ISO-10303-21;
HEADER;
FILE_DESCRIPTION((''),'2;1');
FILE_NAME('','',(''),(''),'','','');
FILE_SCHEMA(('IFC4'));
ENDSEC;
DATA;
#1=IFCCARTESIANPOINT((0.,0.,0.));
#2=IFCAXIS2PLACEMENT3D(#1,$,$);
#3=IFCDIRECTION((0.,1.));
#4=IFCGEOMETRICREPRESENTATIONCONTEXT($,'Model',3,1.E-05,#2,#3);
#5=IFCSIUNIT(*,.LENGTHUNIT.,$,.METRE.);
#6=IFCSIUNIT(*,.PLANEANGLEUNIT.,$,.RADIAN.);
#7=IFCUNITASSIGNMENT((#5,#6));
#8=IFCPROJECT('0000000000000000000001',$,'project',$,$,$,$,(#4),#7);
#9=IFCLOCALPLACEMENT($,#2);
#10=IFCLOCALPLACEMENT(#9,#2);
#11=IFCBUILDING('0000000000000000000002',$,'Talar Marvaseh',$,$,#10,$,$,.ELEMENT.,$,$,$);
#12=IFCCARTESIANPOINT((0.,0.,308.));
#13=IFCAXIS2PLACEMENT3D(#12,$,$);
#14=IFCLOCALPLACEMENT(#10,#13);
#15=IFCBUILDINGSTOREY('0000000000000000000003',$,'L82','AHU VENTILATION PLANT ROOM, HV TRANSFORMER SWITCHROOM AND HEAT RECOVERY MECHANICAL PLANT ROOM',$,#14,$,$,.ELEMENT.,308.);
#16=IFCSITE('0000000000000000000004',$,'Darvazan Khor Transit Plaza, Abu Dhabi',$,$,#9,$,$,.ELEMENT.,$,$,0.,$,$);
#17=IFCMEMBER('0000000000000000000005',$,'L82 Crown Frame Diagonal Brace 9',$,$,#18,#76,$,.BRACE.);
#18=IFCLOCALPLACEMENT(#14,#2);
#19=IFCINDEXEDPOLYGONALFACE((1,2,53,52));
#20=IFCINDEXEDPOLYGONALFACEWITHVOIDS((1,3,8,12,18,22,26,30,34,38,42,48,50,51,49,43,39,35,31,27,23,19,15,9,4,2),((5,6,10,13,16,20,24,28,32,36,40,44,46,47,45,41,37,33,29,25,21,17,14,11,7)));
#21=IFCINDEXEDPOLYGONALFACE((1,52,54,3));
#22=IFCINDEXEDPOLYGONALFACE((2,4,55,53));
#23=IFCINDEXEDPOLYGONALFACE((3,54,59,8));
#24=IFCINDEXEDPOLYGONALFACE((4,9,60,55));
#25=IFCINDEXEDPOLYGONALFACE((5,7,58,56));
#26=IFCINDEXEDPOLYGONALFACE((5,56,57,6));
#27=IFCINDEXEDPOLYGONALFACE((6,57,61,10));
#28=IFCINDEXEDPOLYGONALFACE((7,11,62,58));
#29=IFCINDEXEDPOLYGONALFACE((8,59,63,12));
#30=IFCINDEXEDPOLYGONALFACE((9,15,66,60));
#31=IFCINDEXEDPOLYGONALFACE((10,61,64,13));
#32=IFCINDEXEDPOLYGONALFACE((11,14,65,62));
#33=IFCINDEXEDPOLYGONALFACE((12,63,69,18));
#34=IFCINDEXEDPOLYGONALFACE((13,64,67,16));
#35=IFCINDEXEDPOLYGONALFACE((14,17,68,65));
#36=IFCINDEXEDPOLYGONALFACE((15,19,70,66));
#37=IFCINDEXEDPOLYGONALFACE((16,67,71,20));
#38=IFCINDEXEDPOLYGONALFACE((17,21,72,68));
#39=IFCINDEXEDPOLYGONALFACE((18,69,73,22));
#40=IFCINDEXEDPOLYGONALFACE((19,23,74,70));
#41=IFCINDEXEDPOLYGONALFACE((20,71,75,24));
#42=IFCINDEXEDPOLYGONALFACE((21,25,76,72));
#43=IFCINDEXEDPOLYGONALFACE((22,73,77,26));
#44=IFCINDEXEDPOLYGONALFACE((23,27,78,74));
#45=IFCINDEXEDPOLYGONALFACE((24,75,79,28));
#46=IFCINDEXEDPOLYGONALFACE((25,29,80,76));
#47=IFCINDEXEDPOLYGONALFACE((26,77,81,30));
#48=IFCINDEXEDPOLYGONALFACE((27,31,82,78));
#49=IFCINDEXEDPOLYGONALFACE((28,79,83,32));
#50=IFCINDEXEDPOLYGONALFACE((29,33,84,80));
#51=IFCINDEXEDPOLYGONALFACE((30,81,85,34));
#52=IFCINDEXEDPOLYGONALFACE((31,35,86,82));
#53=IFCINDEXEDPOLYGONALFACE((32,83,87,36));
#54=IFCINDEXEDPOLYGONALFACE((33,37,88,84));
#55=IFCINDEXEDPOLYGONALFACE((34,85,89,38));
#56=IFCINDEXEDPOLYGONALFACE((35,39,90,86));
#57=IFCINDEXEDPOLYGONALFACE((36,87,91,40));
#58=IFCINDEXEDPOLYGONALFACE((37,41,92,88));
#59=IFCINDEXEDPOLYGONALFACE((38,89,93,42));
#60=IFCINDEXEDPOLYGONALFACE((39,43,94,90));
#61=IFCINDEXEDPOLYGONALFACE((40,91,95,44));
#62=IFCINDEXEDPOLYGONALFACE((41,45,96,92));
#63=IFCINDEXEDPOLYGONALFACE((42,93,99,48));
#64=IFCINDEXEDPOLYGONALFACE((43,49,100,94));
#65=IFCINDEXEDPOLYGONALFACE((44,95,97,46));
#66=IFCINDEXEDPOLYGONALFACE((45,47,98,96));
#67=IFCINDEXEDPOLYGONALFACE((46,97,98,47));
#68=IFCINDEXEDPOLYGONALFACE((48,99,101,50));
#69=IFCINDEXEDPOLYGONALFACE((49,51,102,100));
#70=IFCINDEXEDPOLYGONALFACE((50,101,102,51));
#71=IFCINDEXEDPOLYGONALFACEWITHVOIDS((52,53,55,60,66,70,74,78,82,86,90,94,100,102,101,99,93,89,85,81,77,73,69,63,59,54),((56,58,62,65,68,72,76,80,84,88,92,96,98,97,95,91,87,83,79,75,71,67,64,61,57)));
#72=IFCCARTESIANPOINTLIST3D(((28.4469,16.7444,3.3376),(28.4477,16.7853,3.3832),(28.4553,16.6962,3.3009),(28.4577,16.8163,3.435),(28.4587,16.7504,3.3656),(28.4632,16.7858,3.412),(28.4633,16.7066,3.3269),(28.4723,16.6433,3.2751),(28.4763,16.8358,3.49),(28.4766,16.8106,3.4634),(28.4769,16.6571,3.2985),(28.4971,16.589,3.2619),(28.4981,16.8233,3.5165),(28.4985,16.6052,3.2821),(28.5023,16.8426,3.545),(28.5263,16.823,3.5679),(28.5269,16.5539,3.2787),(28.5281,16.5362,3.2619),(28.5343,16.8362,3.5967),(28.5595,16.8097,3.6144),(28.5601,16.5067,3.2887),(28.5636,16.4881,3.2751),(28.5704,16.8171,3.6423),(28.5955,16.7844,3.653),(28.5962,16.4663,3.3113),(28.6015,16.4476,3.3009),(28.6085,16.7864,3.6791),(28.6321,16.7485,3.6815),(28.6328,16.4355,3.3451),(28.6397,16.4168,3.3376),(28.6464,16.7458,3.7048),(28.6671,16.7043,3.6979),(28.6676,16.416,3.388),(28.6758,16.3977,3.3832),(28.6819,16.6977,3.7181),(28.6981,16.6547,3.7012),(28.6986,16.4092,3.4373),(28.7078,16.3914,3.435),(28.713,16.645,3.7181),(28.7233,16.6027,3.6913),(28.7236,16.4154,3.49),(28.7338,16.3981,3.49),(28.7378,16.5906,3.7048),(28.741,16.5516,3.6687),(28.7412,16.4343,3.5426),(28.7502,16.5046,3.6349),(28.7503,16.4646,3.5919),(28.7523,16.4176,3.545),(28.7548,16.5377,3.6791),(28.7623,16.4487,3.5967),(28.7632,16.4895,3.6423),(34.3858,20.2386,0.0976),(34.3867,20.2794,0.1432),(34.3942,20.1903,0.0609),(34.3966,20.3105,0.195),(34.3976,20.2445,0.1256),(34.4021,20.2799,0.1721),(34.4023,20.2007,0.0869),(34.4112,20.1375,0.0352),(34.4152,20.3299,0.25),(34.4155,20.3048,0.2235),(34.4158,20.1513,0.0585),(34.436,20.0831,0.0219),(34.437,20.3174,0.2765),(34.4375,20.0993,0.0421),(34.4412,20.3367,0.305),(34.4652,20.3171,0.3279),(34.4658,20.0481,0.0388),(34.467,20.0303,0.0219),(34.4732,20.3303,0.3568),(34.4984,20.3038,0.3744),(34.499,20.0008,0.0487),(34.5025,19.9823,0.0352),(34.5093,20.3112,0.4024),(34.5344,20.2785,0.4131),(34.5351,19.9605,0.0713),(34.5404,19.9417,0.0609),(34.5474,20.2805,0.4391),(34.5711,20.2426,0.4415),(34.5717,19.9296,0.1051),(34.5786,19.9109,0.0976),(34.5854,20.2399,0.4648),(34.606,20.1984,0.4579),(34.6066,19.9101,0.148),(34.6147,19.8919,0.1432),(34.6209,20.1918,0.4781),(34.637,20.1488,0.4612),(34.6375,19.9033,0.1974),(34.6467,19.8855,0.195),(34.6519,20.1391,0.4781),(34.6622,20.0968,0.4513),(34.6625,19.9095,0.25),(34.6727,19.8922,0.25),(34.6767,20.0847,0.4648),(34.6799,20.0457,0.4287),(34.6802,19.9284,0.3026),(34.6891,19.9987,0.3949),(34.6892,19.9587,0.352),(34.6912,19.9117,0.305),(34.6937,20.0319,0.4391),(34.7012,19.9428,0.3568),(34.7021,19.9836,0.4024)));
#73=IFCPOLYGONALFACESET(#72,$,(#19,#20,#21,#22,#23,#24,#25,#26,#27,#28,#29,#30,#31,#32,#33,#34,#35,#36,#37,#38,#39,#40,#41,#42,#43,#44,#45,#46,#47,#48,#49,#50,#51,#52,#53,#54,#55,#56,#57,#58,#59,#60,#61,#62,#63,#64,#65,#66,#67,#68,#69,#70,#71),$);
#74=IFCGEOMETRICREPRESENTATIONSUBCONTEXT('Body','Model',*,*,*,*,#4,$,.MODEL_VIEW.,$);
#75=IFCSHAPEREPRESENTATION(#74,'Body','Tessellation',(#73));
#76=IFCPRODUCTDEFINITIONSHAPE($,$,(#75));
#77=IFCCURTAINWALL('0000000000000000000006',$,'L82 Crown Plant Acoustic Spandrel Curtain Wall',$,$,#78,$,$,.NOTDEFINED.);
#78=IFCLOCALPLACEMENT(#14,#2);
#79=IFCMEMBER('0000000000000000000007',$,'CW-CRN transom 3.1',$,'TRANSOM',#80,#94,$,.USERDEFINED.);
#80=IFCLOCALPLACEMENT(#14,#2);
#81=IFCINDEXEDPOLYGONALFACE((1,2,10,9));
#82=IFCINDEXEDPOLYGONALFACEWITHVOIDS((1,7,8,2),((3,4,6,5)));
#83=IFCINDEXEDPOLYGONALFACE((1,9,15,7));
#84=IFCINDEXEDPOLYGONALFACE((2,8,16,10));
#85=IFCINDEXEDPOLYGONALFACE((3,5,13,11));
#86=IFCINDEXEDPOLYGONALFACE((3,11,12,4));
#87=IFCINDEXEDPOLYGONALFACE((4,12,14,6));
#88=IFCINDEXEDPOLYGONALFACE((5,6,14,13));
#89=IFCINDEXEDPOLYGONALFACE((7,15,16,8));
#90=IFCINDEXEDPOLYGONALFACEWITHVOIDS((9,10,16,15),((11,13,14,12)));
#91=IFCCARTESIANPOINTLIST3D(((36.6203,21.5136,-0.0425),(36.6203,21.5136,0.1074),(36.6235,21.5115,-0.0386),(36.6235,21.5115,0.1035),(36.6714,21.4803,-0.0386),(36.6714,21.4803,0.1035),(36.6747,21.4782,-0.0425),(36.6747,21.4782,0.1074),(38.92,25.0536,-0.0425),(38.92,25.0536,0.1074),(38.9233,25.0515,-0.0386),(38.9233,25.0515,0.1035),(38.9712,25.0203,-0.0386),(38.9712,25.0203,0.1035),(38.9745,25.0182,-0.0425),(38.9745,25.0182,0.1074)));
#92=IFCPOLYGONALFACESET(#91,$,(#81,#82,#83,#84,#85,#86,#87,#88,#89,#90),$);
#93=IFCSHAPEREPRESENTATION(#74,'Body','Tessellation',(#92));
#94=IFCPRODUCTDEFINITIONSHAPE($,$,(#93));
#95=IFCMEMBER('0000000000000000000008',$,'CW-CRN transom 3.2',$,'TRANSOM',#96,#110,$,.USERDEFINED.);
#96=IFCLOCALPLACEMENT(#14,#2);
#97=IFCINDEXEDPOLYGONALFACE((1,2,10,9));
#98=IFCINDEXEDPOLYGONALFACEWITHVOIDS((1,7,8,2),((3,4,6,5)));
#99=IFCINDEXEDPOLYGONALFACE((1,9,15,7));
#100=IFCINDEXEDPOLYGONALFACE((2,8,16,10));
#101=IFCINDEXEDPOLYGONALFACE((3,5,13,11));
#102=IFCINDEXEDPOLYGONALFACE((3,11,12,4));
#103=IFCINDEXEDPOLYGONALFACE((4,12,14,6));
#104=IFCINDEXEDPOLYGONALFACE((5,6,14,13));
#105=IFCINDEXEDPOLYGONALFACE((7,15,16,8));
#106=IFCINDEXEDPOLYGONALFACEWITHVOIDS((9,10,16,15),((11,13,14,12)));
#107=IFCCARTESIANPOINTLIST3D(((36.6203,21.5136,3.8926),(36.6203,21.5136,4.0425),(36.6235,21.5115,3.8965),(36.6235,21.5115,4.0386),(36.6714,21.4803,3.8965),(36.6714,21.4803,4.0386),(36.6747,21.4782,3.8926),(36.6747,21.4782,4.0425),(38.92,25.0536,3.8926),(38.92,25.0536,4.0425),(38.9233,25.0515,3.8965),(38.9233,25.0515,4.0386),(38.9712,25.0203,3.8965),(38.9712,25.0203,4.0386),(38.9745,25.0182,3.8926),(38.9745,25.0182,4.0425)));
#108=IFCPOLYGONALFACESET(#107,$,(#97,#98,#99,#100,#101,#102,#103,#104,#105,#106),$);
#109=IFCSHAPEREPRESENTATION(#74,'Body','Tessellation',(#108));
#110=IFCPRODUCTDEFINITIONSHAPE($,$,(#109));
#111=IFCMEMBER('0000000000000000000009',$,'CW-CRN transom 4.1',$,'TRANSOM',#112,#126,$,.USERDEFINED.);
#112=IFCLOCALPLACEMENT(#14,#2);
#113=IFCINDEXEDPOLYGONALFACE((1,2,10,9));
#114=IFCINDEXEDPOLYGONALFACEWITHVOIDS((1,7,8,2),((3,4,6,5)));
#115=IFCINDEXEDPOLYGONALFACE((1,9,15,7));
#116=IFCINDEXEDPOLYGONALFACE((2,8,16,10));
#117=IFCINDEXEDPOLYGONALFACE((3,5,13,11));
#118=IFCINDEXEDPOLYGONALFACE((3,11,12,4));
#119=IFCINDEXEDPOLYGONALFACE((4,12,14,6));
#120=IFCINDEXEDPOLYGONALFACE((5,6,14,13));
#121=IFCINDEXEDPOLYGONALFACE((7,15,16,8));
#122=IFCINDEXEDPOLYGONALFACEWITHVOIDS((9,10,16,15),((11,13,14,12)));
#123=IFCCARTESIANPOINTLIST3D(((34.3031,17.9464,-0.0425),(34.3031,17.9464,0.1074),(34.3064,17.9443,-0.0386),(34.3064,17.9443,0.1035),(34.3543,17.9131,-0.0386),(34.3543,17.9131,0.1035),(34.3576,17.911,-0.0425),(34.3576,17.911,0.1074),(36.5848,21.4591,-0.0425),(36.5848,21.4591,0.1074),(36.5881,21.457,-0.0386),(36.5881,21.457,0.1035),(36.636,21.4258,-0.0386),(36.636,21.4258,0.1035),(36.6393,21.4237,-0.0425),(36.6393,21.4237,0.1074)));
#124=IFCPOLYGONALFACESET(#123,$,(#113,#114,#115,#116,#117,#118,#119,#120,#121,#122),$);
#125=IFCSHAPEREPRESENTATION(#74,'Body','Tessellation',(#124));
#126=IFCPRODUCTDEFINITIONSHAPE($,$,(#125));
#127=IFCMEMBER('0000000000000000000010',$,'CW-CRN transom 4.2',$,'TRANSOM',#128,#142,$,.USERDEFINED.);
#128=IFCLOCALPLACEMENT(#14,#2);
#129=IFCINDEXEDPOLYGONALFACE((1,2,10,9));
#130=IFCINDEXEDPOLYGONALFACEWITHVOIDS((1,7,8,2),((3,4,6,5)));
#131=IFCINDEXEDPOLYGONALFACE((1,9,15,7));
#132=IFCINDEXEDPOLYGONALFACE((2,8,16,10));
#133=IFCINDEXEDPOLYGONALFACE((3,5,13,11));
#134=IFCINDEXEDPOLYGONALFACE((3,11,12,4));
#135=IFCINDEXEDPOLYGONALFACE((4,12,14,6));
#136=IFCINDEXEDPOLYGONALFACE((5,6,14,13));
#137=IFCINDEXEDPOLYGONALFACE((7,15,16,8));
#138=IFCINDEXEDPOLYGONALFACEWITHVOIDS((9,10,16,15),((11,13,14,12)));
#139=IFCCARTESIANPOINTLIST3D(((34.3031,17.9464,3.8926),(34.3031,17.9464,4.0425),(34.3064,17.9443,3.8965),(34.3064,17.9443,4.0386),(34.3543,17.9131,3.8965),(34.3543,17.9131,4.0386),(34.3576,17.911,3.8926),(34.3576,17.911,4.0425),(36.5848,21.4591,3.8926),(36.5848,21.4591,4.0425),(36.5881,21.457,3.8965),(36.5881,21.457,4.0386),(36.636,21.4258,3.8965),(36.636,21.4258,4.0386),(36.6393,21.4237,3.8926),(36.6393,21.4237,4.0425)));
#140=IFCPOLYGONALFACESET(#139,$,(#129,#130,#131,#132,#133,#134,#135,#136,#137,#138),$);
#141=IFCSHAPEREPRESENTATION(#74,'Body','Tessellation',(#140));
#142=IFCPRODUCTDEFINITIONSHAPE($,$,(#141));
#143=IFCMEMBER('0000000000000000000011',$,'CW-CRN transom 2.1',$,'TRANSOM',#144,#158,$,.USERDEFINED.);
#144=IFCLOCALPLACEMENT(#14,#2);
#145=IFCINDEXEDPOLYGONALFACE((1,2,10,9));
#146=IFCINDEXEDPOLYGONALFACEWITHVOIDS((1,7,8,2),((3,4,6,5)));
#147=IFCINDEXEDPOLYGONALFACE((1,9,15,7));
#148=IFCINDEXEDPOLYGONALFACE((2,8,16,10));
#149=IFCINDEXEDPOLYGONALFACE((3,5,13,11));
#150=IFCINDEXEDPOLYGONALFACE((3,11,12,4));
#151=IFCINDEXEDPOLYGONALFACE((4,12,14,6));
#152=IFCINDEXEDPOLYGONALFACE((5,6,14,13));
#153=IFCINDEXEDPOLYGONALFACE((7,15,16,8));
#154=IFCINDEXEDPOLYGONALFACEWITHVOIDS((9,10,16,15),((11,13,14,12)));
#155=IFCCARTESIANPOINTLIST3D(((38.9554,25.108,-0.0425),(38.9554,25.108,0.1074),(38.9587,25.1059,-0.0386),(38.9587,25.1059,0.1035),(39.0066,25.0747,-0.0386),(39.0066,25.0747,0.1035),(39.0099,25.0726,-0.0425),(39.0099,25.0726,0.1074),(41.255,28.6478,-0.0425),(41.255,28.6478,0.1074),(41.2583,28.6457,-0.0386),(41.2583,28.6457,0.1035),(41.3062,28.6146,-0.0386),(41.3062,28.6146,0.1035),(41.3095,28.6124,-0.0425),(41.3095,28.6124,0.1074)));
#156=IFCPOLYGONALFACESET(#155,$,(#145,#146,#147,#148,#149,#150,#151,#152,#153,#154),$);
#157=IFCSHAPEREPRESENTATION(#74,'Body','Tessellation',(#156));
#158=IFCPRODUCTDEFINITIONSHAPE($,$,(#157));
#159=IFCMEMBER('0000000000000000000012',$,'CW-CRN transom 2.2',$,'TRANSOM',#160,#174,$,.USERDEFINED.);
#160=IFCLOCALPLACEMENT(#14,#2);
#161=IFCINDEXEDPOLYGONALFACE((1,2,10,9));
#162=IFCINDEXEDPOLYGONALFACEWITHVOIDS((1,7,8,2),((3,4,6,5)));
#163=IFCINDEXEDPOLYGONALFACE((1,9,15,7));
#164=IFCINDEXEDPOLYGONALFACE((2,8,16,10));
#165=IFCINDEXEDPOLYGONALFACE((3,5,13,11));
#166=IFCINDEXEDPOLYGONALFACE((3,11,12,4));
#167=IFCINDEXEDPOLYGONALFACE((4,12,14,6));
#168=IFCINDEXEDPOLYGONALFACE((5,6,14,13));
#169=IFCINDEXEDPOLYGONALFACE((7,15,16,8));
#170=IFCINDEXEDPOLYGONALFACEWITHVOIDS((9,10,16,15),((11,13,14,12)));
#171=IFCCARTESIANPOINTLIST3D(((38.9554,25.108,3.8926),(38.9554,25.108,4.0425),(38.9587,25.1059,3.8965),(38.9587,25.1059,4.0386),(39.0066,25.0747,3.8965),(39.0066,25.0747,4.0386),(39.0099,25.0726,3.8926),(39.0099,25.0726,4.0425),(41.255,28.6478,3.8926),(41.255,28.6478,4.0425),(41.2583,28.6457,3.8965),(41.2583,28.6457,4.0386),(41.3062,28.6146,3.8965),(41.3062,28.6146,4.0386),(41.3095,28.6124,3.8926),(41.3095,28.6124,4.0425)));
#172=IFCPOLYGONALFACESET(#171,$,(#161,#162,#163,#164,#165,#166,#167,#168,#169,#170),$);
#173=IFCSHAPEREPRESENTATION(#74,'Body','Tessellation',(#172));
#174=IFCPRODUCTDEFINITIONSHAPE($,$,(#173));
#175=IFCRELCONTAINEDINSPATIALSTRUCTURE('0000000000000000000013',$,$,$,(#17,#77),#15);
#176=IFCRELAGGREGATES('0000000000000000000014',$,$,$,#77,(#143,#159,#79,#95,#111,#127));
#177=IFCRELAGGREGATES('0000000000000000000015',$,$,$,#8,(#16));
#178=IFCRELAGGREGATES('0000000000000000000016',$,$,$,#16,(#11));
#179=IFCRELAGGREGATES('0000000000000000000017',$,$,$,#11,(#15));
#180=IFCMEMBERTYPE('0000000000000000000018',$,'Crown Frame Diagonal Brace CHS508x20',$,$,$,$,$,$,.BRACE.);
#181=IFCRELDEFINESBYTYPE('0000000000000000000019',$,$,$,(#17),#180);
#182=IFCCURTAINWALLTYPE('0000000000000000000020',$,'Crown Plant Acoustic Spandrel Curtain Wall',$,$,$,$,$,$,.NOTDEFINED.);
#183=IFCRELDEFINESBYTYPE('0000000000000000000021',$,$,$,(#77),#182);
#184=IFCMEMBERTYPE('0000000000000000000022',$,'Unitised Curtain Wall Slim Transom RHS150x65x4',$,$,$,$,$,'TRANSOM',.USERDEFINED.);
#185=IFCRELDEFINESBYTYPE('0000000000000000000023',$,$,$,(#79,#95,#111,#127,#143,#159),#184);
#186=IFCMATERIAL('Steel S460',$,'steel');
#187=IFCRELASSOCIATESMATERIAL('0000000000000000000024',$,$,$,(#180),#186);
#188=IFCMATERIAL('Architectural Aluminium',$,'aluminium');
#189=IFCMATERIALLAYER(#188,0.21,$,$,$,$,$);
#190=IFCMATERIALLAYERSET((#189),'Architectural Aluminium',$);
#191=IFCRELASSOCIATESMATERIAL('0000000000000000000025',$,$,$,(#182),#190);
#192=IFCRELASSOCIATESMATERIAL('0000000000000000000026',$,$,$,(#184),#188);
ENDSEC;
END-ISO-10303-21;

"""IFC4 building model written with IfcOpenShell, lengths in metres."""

from ifc_helpers import new_model, si_unit, direction, frame, origin, origin_2d, place, context, subcontext, project, spatial, hollow_rectangle, hollow_circle, extrude, source, transform, mapped, material, layer, layer_set, material_profile, profile_set, type_object, type_shapes, element, aggregate, save


model = new_model("IFC4")

# Units and contexts
model_context = context("Model", 3, precision=1e-05, world=origin(), true_north=direction((0.0, 1.0)))
body_context = subcontext(model_context, "Body", "Model", "MODEL_VIEW")
ifc_project = project(units=[si_unit("LENGTHUNIT", "METRE"), si_unit("PLANEANGLEUNIT", "RADIAN")], contexts=[model_context])

# Site, building, storey
site_placement = place(None, origin())
site = spatial("IfcSite", under=ifc_project, at=site_placement, Name="Darvazan Khor Transit Plaza, Abu Dhabi", CompositionType="ELEMENT", RefElevation=0.0)
building_placement = place(site_placement, origin())
building = spatial("IfcBuilding", under=site, at=building_placement, Name="Talar Marvaseh", CompositionType="ELEMENT")
storey_placement = place(building_placement, frame((0.0, 0.0, 308.0)))
storey = spatial("IfcBuildingStorey", under=building, at=storey_placement, Name="L82", Description="AHU VENTILATION PLANT ROOM, HV TRANSFORMER SWITCHROOM AND HEAT RECOVERY MECHANICAL PLANT ROOM", CompositionType="ELEMENT", Elevation=308.0)

# Shared definitions
ifc_material_1 = material(Name="Steel S460", Category="steel")

# Member
ifc_material_profile_1 = material_profile(ifc_material_1, hollow_circle(Radius=0.2539, WallThickness=0.02, at=origin_2d()), Name="CHS508x20")
ifc_profile_set_1 = profile_set([ifc_material_profile_1], Name="Steel S460")
member_type_1 = type_object("IfcMemberType", Name="Crown Frame Diagonal Brace CHS508x20", PredefinedType="BRACE", material=ifc_profile_set_1)
shared_shape_1 = source(origin(), body_context, "Body", "SweptSolid", [
    extrude(hollow_circle(Radius=0.2539, WallThickness=0.02, at=origin_2d()), origin(), (0.0, 0.0, 1.0), 7.6143),
])
type_shapes(member_type_1, [shared_shape_1])
member_1_placement = place(storey_placement, frame((34.5439, 20.1111, 0.25), z_axis=(-0.779973, -0.458891, 0.425513), x_axis=(0.507088, -0.861894, 0.0)))
element("IfcMember", 1, at=member_1_placement, inside=storey, type_object=member_type_1, Name="L82 Crown Frame Diagonal Brace 9", PredefinedType="BRACE", context=body_context, shape_type="MappedRepresentation", body=[
    mapped(shared_shape_1, transform((0.0, 0.0, 0.0), x_axis=(1.0, 0.0, 0.0), y_axis=(0.0, 1.0, 0.0), z_axis=(0.0, 0.0, 1.0), scale=1.0)),
])

# Curtain wall, members
ifc_material_2 = material(Name="Architectural Aluminium", Category="aluminium")
ifc_layer_1 = layer(ifc_material_2, 0.21)
ifc_layer_set_1 = layer_set([ifc_layer_1], Name="Architectural Aluminium")
curtain_wall_type = type_object("IfcCurtainWallType", Name="Crown Plant Acoustic Spandrel Curtain Wall", PredefinedType="NOTDEFINED", material=ifc_layer_set_1)
curtain_wall_placement = place(storey_placement, origin())
curtain_wall = element("IfcCurtainWall", 2, at=curtain_wall_placement, inside=storey, type_object=curtain_wall_type, Name="L82 Crown Plant Acoustic Spandrel Curtain Wall", PredefinedType="NOTDEFINED")
ifc_material_profile_2 = material_profile(ifc_material_2, hollow_rectangle(XDim=0.0649, YDim=0.1499, WallThickness=0.0039, at=origin_2d()), Name="RHS150x65x4")
ifc_profile_set_2 = profile_set([ifc_material_profile_2], Name="Architectural Aluminium")
member_type_2 = type_object("IfcMemberType", Name="Unitised Curtain Wall Slim Transom RHS150x65x4", ElementType="TRANSOM", PredefinedType="USERDEFINED", material=ifc_profile_set_2)
shared_shape_2 = source(origin(), body_context, "Body", "SweptSolid", [
    extrude(hollow_rectangle(XDim=0.0649, YDim=0.1499, WallThickness=0.0039, at=origin_2d()), origin(), (0.0, 0.0, 1.0), 4.2214),
])
member_2_placement = place(storey_placement, frame((38.9473, 25.0359, 0.0325), z_axis=(-0.544785, -0.838576, 0.0), x_axis=(0.838576, -0.544785, 0.0)))
member_2 = element("IfcMember", 3, at=member_2_placement, type_object=member_type_2, Name="CW-CRN transom 3.1", ObjectType="TRANSOM", PredefinedType="USERDEFINED", context=body_context, shape_type="MappedRepresentation", body=[
    mapped(shared_shape_2, transform((0.0, 0.0, 0.0), x_axis=(1.0, 0.0, 0.0), y_axis=(0.0, 1.0, 0.0), z_axis=(0.0, 0.0, 1.0), scale=1.0)),
])
member_3_placement = place(storey_placement, frame((38.9473, 25.0359, 3.9675), z_axis=(-0.544785, -0.838576, 0.0), x_axis=(0.838576, -0.544785, 0.0)))
member_3 = element("IfcMember", 4, at=member_3_placement, type_object=member_type_2, Name="CW-CRN transom 3.2", ObjectType="TRANSOM", PredefinedType="USERDEFINED", context=body_context, shape_type="MappedRepresentation", body=[
    mapped(shared_shape_2, transform((0.0, 0.0, 0.0), x_axis=(1.0, 0.0, 0.0), y_axis=(0.0, 1.0, 0.0), z_axis=(0.0, 0.0, 1.0), scale=1.0)),
])
shared_shape_3 = source(origin(), body_context, "Body", "SweptSolid", [
    extrude(hollow_rectangle(XDim=0.0649, YDim=0.1499, WallThickness=0.0039, at=origin_2d()), origin(), (0.0, 0.0, 1.0), 4.1887),
])
member_4_placement = place(storey_placement, frame((36.6121, 21.4414, 0.0325), z_axis=(-0.544734, -0.838609, 0.0), x_axis=(0.838609, -0.544734, 0.0)))
member_4 = element("IfcMember", 5, at=member_4_placement, type_object=member_type_2, Name="CW-CRN transom 4.1", ObjectType="TRANSOM", PredefinedType="USERDEFINED", context=body_context, shape_type="MappedRepresentation", body=[
    mapped(shared_shape_3, transform((0.0, 0.0, 0.0), x_axis=(1.0, 0.0, 0.0), y_axis=(0.0, 1.0, 0.0), z_axis=(0.0, 0.0, 1.0), scale=1.0)),
])
member_5_placement = place(storey_placement, frame((36.6121, 21.4414, 3.9675), z_axis=(-0.544734, -0.838609, 0.0), x_axis=(0.838609, -0.544734, 0.0)))
member_5 = element("IfcMember", 6, at=member_5_placement, type_object=member_type_2, Name="CW-CRN transom 4.2", ObjectType="TRANSOM", PredefinedType="USERDEFINED", context=body_context, shape_type="MappedRepresentation", body=[
    mapped(shared_shape_3, transform((0.0, 0.0, 0.0), x_axis=(1.0, 0.0, 0.0), y_axis=(0.0, 1.0, 0.0), z_axis=(0.0, 0.0, 1.0), scale=1.0)),
])
shared_shape_4 = source(origin(), body_context, "Body", "SweptSolid", [
    extrude(hollow_rectangle(XDim=0.0649, YDim=0.1499, WallThickness=0.0039, at=origin_2d()), origin(), (0.0, 0.0, 1.0), 4.2212),
])
type_shapes(member_type_2, [shared_shape_2, shared_shape_3, shared_shape_4])
member_6_placement = place(storey_placement, frame((41.2822, 28.6301, 0.0325), z_axis=(-0.544771, -0.838585, 0.0), x_axis=(0.838585, -0.544771, 0.0)))
member_6 = element("IfcMember", 7, at=member_6_placement, type_object=member_type_2, Name="CW-CRN transom 2.1", ObjectType="TRANSOM", PredefinedType="USERDEFINED", context=body_context, shape_type="MappedRepresentation", body=[
    mapped(shared_shape_4, transform((0.0, 0.0, 0.0), x_axis=(1.0, 0.0, 0.0), y_axis=(0.0, 1.0, 0.0), z_axis=(0.0, 0.0, 1.0), scale=1.0)),
])
member_7_placement = place(storey_placement, frame((41.2822, 28.6301, 3.9675), z_axis=(-0.544771, -0.838585, 0.0), x_axis=(0.838585, -0.544771, 0.0)))
member_7 = element("IfcMember", 8, at=member_7_placement, type_object=member_type_2, Name="CW-CRN transom 2.2", ObjectType="TRANSOM", PredefinedType="USERDEFINED", context=body_context, shape_type="MappedRepresentation", body=[
    mapped(shared_shape_4, transform((0.0, 0.0, 0.0), x_axis=(1.0, 0.0, 0.0), y_axis=(0.0, 1.0, 0.0), z_axis=(0.0, 0.0, 1.0), scale=1.0)),
])

aggregate(curtain_wall, [member_6, member_7, member_2, member_3, member_4, member_5])

save(model, "model.ifc")
